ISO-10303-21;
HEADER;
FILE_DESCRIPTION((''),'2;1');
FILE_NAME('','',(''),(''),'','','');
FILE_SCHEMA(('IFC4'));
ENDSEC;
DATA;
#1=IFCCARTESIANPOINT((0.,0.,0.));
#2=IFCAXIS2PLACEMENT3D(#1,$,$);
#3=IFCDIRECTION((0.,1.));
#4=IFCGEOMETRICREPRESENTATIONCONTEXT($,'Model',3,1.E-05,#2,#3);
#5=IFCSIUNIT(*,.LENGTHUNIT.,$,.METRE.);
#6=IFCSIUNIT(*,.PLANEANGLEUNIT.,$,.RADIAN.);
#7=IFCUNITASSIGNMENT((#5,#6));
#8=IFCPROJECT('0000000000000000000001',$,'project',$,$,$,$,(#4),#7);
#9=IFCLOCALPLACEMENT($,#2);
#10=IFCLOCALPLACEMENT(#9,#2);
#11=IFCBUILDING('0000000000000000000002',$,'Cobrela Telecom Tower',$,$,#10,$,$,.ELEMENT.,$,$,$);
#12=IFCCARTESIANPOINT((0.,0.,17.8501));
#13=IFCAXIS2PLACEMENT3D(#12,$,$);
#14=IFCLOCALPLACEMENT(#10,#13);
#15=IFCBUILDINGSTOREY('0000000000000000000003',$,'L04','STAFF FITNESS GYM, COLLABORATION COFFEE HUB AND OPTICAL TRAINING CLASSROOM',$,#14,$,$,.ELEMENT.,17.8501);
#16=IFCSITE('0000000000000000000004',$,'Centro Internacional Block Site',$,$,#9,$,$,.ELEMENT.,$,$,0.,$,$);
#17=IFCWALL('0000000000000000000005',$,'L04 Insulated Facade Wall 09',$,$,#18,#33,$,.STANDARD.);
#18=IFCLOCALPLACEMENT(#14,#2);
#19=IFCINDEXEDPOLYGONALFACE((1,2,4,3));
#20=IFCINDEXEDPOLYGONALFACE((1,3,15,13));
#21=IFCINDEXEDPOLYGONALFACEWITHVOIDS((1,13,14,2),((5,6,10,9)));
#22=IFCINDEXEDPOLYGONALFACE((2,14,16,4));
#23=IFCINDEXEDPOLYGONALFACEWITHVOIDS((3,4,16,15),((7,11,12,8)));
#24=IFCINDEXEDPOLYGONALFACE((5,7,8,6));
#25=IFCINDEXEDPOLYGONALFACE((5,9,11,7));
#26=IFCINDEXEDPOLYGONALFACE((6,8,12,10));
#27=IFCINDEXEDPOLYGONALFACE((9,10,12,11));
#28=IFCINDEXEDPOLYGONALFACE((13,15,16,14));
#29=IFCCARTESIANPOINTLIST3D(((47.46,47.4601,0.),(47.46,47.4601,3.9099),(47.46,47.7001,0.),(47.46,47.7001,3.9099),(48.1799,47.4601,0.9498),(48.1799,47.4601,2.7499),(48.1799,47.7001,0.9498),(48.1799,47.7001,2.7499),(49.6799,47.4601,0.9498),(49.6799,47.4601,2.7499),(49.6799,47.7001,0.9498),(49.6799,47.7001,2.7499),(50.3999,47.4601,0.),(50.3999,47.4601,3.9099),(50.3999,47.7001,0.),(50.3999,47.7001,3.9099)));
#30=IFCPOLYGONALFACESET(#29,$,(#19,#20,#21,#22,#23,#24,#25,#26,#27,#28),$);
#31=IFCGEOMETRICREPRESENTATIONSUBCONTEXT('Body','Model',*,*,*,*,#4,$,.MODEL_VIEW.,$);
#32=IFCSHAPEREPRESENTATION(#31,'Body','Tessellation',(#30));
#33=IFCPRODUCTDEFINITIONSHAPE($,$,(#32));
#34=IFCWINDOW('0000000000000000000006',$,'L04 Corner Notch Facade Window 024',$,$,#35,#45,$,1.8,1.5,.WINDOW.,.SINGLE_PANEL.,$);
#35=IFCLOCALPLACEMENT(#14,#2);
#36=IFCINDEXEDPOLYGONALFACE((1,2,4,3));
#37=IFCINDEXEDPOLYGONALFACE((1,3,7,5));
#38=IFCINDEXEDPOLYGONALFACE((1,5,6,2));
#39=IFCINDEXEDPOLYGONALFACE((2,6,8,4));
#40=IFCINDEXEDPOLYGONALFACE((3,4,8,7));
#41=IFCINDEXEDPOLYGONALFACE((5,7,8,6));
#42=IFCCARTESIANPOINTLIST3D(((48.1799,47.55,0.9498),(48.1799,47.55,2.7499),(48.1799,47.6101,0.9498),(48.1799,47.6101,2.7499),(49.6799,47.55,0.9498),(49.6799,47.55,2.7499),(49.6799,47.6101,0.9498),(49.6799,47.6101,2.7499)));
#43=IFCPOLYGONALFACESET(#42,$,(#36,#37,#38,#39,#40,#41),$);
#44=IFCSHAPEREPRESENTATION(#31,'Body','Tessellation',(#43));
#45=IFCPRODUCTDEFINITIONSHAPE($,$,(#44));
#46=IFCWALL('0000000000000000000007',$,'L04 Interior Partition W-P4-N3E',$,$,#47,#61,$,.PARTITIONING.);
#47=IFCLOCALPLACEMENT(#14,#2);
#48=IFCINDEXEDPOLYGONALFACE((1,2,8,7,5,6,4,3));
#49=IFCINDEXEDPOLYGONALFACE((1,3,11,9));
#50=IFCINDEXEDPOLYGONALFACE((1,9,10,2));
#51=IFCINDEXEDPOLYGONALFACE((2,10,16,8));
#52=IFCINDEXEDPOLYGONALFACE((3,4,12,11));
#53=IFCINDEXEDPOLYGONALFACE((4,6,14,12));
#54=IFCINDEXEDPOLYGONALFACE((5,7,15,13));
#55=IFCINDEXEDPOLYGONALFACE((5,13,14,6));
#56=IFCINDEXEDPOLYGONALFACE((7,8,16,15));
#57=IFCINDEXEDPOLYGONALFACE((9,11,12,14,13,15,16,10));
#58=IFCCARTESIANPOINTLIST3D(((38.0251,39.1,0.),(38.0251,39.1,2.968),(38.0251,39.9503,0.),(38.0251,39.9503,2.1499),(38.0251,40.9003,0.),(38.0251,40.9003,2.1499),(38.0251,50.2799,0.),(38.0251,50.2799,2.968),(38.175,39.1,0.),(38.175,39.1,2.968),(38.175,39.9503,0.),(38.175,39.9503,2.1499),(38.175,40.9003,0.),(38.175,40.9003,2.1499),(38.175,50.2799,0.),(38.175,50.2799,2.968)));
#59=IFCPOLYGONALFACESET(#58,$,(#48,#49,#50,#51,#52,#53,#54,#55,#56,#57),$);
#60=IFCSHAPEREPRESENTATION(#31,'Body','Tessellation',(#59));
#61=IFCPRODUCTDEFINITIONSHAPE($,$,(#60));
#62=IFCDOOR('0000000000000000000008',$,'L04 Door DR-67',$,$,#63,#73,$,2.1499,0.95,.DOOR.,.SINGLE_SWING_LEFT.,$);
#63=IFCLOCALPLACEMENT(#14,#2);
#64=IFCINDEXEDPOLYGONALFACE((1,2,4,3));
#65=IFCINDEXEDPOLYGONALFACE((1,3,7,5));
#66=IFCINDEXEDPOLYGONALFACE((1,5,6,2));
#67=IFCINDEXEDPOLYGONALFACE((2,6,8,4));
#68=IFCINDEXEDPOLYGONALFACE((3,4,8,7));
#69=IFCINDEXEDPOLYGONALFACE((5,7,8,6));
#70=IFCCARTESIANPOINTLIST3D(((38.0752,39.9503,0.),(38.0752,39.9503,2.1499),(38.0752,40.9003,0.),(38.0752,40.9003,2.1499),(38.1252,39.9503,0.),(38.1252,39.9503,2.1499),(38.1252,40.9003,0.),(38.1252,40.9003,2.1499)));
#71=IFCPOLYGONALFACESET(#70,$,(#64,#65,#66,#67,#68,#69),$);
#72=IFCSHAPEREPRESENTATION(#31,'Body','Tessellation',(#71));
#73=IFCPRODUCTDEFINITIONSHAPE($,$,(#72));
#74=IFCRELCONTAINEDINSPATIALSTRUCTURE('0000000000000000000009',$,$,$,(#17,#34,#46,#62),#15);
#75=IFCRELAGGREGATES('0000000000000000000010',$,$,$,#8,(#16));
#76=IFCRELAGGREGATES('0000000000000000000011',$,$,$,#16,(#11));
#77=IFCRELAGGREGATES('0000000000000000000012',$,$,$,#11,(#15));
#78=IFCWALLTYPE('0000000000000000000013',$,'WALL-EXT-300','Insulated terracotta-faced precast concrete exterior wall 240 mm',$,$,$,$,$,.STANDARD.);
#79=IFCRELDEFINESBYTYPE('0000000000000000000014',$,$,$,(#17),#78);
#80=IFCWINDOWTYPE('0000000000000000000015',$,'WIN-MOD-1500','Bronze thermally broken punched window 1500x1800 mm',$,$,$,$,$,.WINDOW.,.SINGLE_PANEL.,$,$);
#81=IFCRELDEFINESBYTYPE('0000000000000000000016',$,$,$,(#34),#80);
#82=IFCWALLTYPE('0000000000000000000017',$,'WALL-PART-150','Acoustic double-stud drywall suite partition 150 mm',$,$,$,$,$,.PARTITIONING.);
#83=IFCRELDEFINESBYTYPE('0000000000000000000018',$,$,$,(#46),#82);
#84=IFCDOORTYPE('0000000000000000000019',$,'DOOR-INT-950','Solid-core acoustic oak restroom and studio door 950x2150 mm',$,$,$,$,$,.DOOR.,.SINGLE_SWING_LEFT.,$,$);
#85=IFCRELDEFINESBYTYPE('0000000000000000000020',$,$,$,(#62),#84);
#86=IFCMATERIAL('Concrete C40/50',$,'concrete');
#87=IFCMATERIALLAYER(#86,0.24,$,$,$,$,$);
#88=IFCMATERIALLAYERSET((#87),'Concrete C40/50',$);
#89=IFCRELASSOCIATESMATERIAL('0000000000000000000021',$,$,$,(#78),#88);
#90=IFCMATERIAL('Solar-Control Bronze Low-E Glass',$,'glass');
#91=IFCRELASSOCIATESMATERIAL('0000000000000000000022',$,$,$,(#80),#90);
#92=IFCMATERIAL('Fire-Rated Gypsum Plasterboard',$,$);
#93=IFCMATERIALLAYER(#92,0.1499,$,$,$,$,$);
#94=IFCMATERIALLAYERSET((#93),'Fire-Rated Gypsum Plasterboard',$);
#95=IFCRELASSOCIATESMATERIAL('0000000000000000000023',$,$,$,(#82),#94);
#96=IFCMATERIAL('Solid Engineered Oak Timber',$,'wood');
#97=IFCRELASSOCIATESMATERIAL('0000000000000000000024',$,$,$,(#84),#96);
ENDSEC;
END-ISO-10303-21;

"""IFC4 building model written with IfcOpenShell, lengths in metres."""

from ifc_helpers import new_model, si_unit, direction, frame, frame_2d, origin, place, context, subcontext, project, spatial, rectangle, extrude, material, layer, layer_set, type_object, element, fill, save


model = new_model("IFC4")

# Units and contexts
model_context = context("Model", 3, precision=1e-05, world=origin(), true_north=direction((0.0, 1.0)))
body_context = subcontext(model_context, "Body", "Model", "MODEL_VIEW")
ifc_project = project(units=[si_unit("LENGTHUNIT", "METRE"), si_unit("PLANEANGLEUNIT", "RADIAN")], contexts=[model_context])

# Site, building, storey
site_placement = place(None, origin())
site = spatial("IfcSite", under=ifc_project, at=site_placement, Name="Centro Internacional Block Site", CompositionType="ELEMENT", RefElevation=0.0)
building_placement = place(site_placement, origin())
building = spatial("IfcBuilding", under=site, at=building_placement, Name="Cobrela Telecom Tower", CompositionType="ELEMENT")
storey_placement = place(building_placement, frame((0.0, 0.0, 17.8501)))
storey = spatial("IfcBuildingStorey", under=building, at=storey_placement, Name="L04", Description="STAFF FITNESS GYM, COLLABORATION COFFEE HUB AND OPTICAL TRAINING CLASSROOM", CompositionType="ELEMENT", Elevation=17.8501)

# Shared definitions
ifc_material_1 = material(Name="Concrete C40/50", Category="concrete")

# Shared definitions
ifc_material_2 = material(Name="Solar-Control Bronze Low-E Glass", Category="glass")

# Wall, opening, window
ifc_layer_1 = layer(ifc_material_1, 0.24)
ifc_layer_set_1 = layer_set([ifc_layer_1], Name="Concrete C40/50")
wall_type_1 = type_object("IfcWallType", Name="WALL-EXT-300", Description="Insulated terracotta-faced precast concrete exterior wall 240 mm", PredefinedType="STANDARD", material=ifc_layer_set_1)
wall_1_placement = place(storey_placement, frame((47.46, 47.5801, 0.0), z_axis=(0.0, 0.0, 1.0), x_axis=(1.0, 0.0, 0.0)))
wall_1 = element("IfcWall", 1, at=wall_1_placement, inside=storey, type_object=wall_type_1, Name="L04 Insulated Facade Wall 09", PredefinedType="STANDARD", context=body_context, shape_type="SweptSolid", body=[
    extrude(rectangle(XDim=2.9399, YDim=0.24, at=frame_2d((1.47, 0.0))), origin(), (0.0, 0.0, 1.0), 3.9099),
])
opening_1_placement = place(wall_1_placement, frame((0.72, 0.0, 0.95)))
opening_1 = element("IfcOpeningElement", 2, at=opening_1_placement, cuts=wall_1, PredefinedType="OPENING", context=body_context, shape_type="SweptSolid", body=[
    extrude(rectangle(XDim=1.5, YDim=1.8, at=frame_2d((0.75, 0.8999))), frame((0.0, 0.1318, 0.0), z_axis=(0.0, -1.0, 0.0), x_axis=(1.0, 0.0, 0.0)), (0.0, 0.0, 1.0), 0.2639),
])
window_type_1 = type_object("IfcWindowType", Name="WIN-MOD-1500", Description="Bronze thermally broken punched window 1500x1800 mm", PartitioningType="SINGLE_PANEL", PredefinedType="WINDOW", material=ifc_material_2)
window_1_placement = place(opening_1_placement, origin())
window_1 = element("IfcWindow", 3, at=window_1_placement, inside=storey, type_object=window_type_1, Name="L04 Corner Notch Facade Window 024", OverallHeight=1.8, OverallWidth=1.5, PartitioningType="SINGLE_PANEL", PredefinedType="WINDOW", context=body_context, shape_type="SweptSolid", body=[
    extrude(rectangle(XDim=1.5, YDim=1.8, at=frame_2d((0.75, 0.8999))), frame((0.0, 0.03, 0.0), z_axis=(0.0, -1.0, 0.0), x_axis=(1.0, 0.0, 0.0)), (0.0, 0.0, 1.0), 0.0601),
])
fill(opening_1, window_1)

# Wall, opening, door
ifc_material_3 = material(Name="Fire-Rated Gypsum Plasterboard")
ifc_layer_2 = layer(ifc_material_3, 0.1499)
ifc_layer_set_2 = layer_set([ifc_layer_2], Name="Fire-Rated Gypsum Plasterboard")
wall_type_2 = type_object("IfcWallType", Name="WALL-PART-150", Description="Acoustic double-stud drywall suite partition 150 mm", PredefinedType="PARTITIONING", material=ifc_layer_set_2)
wall_2_placement = place(storey_placement, frame((38.1001, 39.1001, 0.0), z_axis=(0.0, 0.0, 1.0), x_axis=(0.0, 1.0, 0.0)))
wall_2 = element("IfcWall", 4, at=wall_2_placement, inside=storey, type_object=wall_type_2, Name="L04 Interior Partition W-P4-N3E", PredefinedType="PARTITIONING", context=body_context, shape_type="SweptSolid", body=[
    extrude(rectangle(XDim=11.1799, YDim=0.1499, at=frame_2d((5.5898, 0.0))), origin(), (0.0, 0.0, 1.0), 2.968),
])
opening_2_placement = place(wall_2_placement, frame((0.8501, 0.0, 0.0)))
opening_2 = element("IfcOpeningElement", 5, at=opening_2_placement, cuts=wall_2, PredefinedType="OPENING", context=body_context, shape_type="SweptSolid", body=[
    extrude(rectangle(XDim=0.95, YDim=2.1499, at=frame_2d((0.4751, 1.075))), frame((0.0, 0.0869, 0.0), z_axis=(0.0, -1.0, 0.0), x_axis=(1.0, 0.0, 0.0)), (0.0, 0.0, 1.0), 0.1738),
])
ifc_material_4 = material(Name="Solid Engineered Oak Timber", Category="wood")
door_type = type_object("IfcDoorType", Name="DOOR-INT-950", Description="Solid-core acoustic oak restroom and studio door 950x2150 mm", OperationType="SINGLE_SWING_LEFT", PredefinedType="DOOR", material=ifc_material_4)
door_placement = place(opening_2_placement, origin())
door = element("IfcDoor", 6, at=door_placement, inside=storey, type_object=door_type, Name="L04 Door DR-67", OperationType="SINGLE_SWING_LEFT", OverallHeight=2.1499, OverallWidth=0.95, PredefinedType="DOOR", context=body_context, shape_type="SweptSolid", body=[
    extrude(rectangle(XDim=0.95, YDim=2.1499, at=frame_2d((0.4751, 1.075))), frame((0.0, 0.0249, 0.0), z_axis=(0.0, -1.0, 0.0), x_axis=(1.0, 0.0, 0.0)), (0.0, 0.0, 1.0), 0.05),
])
fill(opening_2, door)

save(model, "model.ifc")
